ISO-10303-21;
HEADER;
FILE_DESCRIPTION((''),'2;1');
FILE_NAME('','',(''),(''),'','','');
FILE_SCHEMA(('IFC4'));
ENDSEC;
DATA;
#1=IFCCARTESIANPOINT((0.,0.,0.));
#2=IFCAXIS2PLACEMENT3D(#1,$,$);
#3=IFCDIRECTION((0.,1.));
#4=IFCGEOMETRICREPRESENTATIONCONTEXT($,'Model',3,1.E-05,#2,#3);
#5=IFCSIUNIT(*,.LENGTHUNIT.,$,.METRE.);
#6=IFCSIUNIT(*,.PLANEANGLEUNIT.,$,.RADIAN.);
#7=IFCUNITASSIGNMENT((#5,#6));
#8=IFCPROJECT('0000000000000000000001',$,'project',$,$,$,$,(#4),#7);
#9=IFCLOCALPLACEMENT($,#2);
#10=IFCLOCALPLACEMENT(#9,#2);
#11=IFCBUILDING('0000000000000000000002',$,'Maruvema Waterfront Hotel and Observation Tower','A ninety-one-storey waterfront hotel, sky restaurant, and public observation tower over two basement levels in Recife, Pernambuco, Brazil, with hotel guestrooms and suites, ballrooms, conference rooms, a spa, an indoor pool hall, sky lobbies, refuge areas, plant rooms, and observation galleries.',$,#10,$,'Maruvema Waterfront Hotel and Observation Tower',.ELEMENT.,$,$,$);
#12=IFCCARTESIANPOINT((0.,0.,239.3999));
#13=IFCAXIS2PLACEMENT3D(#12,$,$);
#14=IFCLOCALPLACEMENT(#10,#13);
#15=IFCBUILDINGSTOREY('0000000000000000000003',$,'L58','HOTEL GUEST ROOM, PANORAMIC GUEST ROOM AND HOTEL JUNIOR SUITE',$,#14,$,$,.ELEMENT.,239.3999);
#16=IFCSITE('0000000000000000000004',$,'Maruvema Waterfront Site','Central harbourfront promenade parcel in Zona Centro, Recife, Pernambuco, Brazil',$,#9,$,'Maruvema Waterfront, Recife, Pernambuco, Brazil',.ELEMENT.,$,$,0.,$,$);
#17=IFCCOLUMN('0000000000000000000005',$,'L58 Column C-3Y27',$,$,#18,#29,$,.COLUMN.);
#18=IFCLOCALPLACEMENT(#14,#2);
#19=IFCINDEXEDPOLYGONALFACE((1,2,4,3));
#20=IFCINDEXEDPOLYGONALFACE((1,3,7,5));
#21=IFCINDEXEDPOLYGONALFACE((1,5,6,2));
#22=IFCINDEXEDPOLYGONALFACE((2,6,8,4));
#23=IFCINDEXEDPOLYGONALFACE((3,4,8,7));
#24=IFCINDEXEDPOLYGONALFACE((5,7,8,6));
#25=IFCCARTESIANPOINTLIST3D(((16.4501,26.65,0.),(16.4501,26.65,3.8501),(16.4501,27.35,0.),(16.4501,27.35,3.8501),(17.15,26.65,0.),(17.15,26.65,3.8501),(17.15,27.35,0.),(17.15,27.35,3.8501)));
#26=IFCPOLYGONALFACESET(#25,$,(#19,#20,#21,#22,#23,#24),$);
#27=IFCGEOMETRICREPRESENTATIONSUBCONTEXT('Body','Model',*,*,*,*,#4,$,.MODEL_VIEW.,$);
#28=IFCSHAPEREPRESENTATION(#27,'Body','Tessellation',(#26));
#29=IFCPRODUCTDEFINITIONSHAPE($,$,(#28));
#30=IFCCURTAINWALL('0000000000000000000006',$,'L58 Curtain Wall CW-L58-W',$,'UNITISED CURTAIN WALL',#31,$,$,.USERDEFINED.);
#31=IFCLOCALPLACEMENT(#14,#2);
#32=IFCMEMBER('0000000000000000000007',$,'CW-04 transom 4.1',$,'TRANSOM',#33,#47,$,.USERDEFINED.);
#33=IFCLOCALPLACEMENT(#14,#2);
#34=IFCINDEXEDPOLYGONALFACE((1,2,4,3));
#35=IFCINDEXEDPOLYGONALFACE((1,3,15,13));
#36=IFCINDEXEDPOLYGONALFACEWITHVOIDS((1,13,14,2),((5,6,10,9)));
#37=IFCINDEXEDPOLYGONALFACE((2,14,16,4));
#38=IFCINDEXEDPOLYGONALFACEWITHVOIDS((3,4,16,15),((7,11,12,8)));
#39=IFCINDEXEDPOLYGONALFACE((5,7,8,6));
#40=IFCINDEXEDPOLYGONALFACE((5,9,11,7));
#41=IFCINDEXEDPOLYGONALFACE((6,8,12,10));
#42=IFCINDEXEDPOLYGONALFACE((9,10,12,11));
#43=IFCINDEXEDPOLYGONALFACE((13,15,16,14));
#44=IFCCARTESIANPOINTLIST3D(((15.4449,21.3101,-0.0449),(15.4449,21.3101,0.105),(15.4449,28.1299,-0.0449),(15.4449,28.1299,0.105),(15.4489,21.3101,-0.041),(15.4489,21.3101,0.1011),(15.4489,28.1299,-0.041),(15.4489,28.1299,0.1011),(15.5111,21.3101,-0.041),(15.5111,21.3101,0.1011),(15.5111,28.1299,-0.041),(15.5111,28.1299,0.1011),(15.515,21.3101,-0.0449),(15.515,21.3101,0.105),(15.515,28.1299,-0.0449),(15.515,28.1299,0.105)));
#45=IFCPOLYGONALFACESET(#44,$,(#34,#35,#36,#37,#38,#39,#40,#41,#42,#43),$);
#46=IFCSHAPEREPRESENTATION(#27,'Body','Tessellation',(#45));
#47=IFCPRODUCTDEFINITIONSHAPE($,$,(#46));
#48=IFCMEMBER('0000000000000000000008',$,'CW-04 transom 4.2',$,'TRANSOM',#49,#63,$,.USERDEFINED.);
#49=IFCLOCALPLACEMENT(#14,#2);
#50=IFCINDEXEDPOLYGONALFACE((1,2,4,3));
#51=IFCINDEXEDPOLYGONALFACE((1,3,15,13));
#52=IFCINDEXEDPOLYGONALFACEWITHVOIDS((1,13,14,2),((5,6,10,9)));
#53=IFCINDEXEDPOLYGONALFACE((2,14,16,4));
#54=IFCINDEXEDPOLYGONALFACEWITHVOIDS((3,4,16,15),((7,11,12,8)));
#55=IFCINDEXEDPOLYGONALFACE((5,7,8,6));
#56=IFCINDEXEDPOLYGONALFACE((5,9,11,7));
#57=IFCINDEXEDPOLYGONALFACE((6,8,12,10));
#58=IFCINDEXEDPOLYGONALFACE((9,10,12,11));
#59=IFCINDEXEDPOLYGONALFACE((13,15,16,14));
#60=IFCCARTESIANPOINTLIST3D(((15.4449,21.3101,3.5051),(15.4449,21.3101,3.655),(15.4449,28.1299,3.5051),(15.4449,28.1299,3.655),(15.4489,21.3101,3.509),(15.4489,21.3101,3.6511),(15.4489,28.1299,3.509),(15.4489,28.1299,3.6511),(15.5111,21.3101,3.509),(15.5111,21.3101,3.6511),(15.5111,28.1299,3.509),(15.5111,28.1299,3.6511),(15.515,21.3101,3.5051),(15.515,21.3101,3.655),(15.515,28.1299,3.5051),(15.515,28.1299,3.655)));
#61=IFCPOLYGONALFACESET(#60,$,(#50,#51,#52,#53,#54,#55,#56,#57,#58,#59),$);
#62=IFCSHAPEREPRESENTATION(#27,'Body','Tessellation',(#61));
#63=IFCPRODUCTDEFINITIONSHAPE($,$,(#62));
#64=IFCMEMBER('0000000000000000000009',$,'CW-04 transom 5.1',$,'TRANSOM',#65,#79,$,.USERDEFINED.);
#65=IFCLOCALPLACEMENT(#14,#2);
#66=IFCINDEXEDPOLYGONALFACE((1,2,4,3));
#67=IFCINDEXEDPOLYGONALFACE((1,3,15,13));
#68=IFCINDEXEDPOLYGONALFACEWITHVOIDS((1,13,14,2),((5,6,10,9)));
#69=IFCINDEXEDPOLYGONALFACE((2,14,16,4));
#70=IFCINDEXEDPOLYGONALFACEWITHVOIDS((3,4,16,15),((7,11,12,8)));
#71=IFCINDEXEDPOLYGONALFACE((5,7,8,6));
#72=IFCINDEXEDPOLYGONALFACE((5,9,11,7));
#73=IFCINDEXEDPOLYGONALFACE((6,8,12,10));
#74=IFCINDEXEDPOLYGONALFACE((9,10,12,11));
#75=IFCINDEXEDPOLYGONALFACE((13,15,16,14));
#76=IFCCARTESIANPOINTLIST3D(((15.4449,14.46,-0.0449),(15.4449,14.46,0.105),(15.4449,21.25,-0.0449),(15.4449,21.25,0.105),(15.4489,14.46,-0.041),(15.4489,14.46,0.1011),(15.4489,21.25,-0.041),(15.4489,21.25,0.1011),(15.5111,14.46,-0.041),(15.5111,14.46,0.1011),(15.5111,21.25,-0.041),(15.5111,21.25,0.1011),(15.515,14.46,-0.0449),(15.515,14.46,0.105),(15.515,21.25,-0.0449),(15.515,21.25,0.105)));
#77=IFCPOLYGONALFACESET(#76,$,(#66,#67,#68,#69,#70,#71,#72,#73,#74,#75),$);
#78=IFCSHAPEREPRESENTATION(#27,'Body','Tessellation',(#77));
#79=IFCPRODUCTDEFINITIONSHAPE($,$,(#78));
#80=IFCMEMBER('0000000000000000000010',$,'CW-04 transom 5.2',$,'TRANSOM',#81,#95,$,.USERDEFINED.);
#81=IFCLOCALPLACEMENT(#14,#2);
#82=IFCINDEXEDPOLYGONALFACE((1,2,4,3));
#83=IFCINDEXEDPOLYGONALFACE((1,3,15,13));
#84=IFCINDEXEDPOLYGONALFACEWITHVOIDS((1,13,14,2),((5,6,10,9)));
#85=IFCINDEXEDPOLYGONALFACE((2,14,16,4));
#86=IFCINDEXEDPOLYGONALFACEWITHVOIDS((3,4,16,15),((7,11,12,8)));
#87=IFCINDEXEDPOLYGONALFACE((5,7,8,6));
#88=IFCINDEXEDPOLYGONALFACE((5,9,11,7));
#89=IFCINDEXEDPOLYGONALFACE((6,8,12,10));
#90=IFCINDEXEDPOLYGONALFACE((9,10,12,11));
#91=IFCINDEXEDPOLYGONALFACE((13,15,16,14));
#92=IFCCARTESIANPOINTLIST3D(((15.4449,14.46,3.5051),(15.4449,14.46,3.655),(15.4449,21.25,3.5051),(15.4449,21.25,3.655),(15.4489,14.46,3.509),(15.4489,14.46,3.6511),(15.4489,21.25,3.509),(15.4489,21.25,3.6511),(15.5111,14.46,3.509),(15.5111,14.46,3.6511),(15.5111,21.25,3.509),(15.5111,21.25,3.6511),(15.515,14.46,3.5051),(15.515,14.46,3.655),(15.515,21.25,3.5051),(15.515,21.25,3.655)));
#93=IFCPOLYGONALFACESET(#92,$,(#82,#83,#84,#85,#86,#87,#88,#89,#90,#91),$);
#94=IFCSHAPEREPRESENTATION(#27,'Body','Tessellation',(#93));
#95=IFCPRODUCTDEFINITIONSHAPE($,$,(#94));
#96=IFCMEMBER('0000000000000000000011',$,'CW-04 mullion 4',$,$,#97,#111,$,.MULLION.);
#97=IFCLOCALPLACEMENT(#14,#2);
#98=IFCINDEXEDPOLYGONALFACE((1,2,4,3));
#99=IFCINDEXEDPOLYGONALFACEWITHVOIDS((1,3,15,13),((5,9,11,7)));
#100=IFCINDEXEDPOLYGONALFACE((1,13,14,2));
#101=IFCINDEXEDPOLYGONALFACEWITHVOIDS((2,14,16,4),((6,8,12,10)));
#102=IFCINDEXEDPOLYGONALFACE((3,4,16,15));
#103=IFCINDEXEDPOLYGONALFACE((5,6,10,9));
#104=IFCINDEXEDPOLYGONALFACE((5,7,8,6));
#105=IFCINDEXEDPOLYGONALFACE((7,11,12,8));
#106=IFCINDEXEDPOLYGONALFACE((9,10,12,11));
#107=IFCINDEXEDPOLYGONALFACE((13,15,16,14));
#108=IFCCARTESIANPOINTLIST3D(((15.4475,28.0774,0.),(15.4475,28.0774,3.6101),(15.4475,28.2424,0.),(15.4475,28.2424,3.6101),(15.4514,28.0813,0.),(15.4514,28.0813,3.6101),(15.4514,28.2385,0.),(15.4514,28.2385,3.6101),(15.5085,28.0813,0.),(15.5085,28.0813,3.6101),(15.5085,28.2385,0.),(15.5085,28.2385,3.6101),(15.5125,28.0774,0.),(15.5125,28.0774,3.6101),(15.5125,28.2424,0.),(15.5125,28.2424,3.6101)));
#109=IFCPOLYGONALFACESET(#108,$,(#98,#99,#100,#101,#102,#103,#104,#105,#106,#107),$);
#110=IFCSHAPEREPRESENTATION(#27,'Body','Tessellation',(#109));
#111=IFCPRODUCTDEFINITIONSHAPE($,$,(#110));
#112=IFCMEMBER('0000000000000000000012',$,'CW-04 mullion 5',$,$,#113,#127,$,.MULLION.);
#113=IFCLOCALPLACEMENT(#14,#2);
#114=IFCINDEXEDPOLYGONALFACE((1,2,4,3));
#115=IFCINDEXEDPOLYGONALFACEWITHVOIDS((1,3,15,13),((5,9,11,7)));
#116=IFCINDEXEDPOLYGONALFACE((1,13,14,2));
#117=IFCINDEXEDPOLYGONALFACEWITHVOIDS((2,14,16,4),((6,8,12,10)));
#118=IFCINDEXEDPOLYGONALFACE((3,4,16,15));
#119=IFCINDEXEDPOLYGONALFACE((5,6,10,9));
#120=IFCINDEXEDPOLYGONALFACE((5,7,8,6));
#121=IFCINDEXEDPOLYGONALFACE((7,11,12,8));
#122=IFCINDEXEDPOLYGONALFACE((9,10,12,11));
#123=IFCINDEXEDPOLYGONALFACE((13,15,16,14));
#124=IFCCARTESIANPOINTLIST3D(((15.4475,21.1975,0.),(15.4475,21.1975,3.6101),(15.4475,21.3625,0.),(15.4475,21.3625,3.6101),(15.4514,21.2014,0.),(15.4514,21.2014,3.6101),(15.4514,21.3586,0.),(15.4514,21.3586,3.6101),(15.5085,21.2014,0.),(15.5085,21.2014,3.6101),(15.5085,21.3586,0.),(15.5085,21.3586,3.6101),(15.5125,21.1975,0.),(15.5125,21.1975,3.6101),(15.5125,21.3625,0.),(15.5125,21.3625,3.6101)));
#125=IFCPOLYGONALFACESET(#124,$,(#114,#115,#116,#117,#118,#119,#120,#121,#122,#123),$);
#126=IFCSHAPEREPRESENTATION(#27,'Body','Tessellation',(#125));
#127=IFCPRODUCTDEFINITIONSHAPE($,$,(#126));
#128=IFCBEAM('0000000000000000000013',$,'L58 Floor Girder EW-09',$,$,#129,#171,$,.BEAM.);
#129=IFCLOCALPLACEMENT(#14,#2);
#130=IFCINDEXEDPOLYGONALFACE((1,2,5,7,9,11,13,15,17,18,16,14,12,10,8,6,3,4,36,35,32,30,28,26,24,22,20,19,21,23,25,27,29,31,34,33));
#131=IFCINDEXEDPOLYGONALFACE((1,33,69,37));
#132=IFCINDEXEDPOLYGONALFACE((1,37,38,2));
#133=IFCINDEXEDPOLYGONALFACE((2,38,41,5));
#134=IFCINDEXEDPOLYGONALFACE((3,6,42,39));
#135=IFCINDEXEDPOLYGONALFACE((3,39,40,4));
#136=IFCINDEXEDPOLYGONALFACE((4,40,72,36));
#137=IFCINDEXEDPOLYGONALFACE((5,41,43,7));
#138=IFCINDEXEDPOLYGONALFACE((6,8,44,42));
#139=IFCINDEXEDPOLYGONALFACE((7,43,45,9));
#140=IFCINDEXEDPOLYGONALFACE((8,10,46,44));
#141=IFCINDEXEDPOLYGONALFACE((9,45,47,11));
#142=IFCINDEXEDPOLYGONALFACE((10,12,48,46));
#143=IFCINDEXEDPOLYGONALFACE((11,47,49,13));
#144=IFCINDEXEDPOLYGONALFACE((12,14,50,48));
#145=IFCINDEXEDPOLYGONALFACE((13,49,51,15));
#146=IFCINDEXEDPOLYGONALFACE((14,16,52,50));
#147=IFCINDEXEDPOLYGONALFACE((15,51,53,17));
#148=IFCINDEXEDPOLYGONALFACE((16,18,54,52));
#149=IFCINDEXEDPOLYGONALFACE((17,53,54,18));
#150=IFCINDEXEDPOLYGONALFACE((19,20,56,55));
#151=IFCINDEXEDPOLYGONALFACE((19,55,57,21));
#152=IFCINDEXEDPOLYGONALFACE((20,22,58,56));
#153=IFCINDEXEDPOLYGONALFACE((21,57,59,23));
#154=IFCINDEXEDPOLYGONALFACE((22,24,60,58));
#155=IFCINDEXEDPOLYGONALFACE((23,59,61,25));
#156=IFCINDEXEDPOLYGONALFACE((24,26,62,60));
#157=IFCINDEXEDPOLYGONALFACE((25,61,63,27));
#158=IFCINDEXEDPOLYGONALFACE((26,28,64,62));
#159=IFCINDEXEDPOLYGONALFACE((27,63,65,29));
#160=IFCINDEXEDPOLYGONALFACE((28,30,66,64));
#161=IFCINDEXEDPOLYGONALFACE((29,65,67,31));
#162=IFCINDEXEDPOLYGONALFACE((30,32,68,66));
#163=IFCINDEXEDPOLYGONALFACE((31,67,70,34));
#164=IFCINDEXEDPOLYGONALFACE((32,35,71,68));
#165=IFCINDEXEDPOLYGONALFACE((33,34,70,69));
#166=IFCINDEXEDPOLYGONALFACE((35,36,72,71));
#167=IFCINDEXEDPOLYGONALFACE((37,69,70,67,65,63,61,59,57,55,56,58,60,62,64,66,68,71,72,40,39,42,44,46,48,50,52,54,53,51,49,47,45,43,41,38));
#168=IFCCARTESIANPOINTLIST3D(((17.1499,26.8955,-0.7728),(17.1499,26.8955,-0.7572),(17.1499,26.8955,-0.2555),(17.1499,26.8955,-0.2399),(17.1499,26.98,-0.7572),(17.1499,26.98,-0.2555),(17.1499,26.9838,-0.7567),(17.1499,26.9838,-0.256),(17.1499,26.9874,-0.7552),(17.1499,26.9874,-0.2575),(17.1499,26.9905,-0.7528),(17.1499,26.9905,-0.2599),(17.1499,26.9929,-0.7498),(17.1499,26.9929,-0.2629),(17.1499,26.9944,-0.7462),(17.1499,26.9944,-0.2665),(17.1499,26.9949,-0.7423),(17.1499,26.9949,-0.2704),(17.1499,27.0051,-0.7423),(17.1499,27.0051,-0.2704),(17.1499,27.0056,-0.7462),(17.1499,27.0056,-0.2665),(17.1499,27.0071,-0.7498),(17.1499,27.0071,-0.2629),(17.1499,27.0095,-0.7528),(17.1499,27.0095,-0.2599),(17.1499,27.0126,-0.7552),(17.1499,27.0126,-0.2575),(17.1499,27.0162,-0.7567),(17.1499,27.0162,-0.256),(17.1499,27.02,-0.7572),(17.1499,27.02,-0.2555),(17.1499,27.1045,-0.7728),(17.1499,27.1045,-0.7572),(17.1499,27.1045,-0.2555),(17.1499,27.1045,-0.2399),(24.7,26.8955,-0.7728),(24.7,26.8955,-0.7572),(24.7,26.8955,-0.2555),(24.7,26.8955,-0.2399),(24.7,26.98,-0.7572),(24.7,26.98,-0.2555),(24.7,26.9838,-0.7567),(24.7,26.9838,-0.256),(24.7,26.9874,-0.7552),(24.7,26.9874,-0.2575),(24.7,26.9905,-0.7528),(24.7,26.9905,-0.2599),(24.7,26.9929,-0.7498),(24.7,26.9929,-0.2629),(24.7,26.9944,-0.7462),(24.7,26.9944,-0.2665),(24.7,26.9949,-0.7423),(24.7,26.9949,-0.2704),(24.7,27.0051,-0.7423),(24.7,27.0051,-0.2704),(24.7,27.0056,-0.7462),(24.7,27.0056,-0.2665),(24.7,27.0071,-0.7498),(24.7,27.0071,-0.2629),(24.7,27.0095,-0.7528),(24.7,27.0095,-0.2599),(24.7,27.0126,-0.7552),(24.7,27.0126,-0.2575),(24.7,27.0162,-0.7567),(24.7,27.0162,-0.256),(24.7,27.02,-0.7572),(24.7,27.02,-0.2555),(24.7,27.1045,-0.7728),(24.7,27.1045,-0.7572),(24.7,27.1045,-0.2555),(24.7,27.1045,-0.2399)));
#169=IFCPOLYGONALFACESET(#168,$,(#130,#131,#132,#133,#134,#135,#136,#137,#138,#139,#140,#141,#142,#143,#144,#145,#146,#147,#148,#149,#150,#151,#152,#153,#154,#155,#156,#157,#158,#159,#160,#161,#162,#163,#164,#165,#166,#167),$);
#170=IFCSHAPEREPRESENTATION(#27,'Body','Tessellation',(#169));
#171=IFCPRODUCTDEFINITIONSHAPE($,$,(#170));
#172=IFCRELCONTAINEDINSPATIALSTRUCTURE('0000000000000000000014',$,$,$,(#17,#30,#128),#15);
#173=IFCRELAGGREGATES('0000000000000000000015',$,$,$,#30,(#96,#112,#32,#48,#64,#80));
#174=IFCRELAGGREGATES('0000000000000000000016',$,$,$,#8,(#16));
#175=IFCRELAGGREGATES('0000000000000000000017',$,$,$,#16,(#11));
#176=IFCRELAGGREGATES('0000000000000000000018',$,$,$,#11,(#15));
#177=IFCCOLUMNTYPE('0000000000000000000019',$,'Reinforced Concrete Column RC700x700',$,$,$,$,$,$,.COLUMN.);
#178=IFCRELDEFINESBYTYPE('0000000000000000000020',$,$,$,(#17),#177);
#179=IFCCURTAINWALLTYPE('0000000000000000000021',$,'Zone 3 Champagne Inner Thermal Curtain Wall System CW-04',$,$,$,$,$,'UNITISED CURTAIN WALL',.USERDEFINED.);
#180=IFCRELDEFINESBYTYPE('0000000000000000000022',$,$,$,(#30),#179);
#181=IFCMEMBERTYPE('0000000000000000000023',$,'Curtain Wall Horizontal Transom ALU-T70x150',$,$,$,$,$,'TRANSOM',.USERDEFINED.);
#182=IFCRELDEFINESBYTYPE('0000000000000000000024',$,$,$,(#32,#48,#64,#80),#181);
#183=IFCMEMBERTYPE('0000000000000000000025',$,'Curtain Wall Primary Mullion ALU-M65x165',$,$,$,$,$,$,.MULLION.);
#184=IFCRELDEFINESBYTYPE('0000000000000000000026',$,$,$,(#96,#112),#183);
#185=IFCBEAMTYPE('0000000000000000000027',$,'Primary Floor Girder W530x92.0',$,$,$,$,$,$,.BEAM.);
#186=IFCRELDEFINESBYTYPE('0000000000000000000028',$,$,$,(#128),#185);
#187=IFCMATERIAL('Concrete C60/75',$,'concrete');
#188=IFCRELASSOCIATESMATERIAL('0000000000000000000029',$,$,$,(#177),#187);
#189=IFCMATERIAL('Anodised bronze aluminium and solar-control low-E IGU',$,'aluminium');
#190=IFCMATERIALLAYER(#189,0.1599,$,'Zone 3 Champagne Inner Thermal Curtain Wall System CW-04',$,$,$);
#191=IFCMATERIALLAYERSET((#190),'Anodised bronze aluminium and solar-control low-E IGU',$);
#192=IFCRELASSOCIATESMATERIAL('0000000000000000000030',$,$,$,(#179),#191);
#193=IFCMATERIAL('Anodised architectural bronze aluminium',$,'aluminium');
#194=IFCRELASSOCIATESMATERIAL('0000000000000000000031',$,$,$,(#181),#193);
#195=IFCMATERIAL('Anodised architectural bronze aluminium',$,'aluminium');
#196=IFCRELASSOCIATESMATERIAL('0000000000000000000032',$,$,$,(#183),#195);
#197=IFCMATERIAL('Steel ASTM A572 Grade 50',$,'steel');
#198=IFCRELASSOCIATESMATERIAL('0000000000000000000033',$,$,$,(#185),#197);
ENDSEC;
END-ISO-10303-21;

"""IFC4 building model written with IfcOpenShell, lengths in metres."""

from ifc_helpers import new_model, si_unit, direction, frame, origin, origin_2d, place, context, subcontext, project, spatial, rectangle, hollow_rectangle, i_section, extrude, material, layer, layer_set, material_profile, profile_set, type_object, element, aggregate, save


model = new_model("IFC4")

# Units and contexts
model_context = context("Model", 3, precision=1e-05, world=origin(), true_north=direction((0.0, 1.0)))
body_context = subcontext(model_context, "Body", "Model", "MODEL_VIEW")
ifc_project = project(units=[si_unit("LENGTHUNIT", "METRE"), si_unit("PLANEANGLEUNIT", "RADIAN")], contexts=[model_context])

# Site, building, storey
site_placement = place(None, origin())
site = spatial("IfcSite", under=ifc_project, at=site_placement, Name="Maruvema Waterfront Site", Description="Central harbourfront promenade parcel in Zona Centro, Recife, Pernambuco, Brazil", LongName="Maruvema Waterfront, Recife, Pernambuco, Brazil", CompositionType="ELEMENT", RefElevation=0.0)
building_placement = place(site_placement, origin())
building = spatial("IfcBuilding", under=site, at=building_placement, Name="Maruvema Waterfront Hotel and Observation Tower", Description="A ninety-one-storey waterfront hotel, sky restaurant, and public observation tower over two basement levels in Recife, Pernambuco, Brazil, with hotel guestrooms and suites, ballrooms, conference rooms, a spa, an indoor pool hall, sky lobbies, refuge areas, plant rooms, and observation galleries.", LongName="Maruvema Waterfront Hotel and Observation Tower", CompositionType="ELEMENT")
storey_placement = place(building_placement, frame((0.0, 0.0, 239.3999)))
storey = spatial("IfcBuildingStorey", under=building, at=storey_placement, Name="L58", Description="HOTEL GUEST ROOM, PANORAMIC GUEST ROOM AND HOTEL JUNIOR SUITE", CompositionType="ELEMENT", Elevation=239.3999)

# Column
ifc_material_1 = material(Name="Concrete C60/75", Category="concrete")
ifc_material_profile_1 = material_profile(ifc_material_1, rectangle(XDim=0.7, YDim=0.7, at=origin_2d()), Name="RC700x700")
ifc_profile_set_1 = profile_set([ifc_material_profile_1], Name="Concrete C60/75")
column_type = type_object("IfcColumnType", Name="Reinforced Concrete Column RC700x700", PredefinedType="COLUMN", material=ifc_profile_set_1)
column_placement = place(storey_placement, frame((16.8, 27.0, 0.0), z_axis=(0.0, 0.0, 1.0), x_axis=(1.0, 0.0, 0.0)))
element("IfcColumn", 1, at=column_placement, inside=storey, type_object=column_type, Name="L58 Column C-3Y27", PredefinedType="COLUMN", context=body_context, shape_type="SweptSolid", body=[
    extrude(rectangle(XDim=0.7, YDim=0.7, at=origin_2d()), origin(), (0.0, 0.0, 1.0), 3.8501),
])

# Curtain wall, members
ifc_material_2 = material(Name="Anodised bronze aluminium and solar-control low-E IGU", Category="aluminium")
ifc_layer_1 = layer(ifc_material_2, 0.1599, Name="Zone 3 Champagne Inner Thermal Curtain Wall System CW-04")
ifc_layer_set_1 = layer_set([ifc_layer_1], Name="Anodised bronze aluminium and solar-control low-E IGU")
curtain_wall_type = type_object("IfcCurtainWallType", Name="Zone 3 Champagne Inner Thermal Curtain Wall System CW-04", ElementType="UNITISED CURTAIN WALL", PredefinedType="USERDEFINED", material=ifc_layer_set_1)
curtain_wall_placement = place(storey_placement, origin())
curtain_wall = element("IfcCurtainWall", 2, at=curtain_wall_placement, inside=storey, type_object=curtain_wall_type, Name="L58 Curtain Wall CW-L58-W", ObjectType="UNITISED CURTAIN WALL", PredefinedType="USERDEFINED")
ifc_material_3 = material(Name="Anodised architectural bronze aluminium", Category="aluminium")
ifc_material_profile_2 = material_profile(ifc_material_3, hollow_rectangle(XDim=0.0701, YDim=0.1499, WallThickness=0.0039, at=origin_2d()), Name="ALU-T70x150")
ifc_profile_set_2 = profile_set([ifc_material_profile_2], Name="Anodised architectural bronze aluminium")
member_type_1 = type_object("IfcMemberType", Name="Curtain Wall Horizontal Transom ALU-T70x150", ElementType="TRANSOM", PredefinedType="USERDEFINED", material=ifc_profile_set_2)
member_1_placement = place(storey_placement, frame((15.48, 28.1299, 0.03), z_axis=(0.0, -1.0, 0.0), x_axis=(1.0, 0.0, 0.0)))
member_1 = element("IfcMember", 3, at=member_1_placement, type_object=member_type_1, Name="CW-04 transom 4.1", ObjectType="TRANSOM", PredefinedType="USERDEFINED", context=body_context, shape_type="SweptSolid", body=[
    extrude(hollow_rectangle(XDim=0.0701, YDim=0.1499, WallThickness=0.0039, at=origin_2d()), origin(), (0.0, 0.0, 1.0), 6.8198),
])
member_2_placement = place(storey_placement, frame((15.48, 28.1299, 3.5801), z_axis=(0.0, -1.0, 0.0), x_axis=(1.0, 0.0, 0.0)))
member_2 = element("IfcMember", 4, at=member_2_placement, type_object=member_type_1, Name="CW-04 transom 4.2", ObjectType="TRANSOM", PredefinedType="USERDEFINED", context=body_context, shape_type="SweptSolid", body=[
    extrude(hollow_rectangle(XDim=0.0701, YDim=0.1499, WallThickness=0.0039, at=origin_2d()), origin(), (0.0, 0.0, 1.0), 6.8198),
])
member_3_placement = place(storey_placement, frame((15.48, 21.25, 0.03), z_axis=(0.0, -1.0, 0.0), x_axis=(1.0, 0.0, 0.0)))
member_3 = element("IfcMember", 5, at=member_3_placement, type_object=member_type_1, Name="CW-04 transom 5.1", ObjectType="TRANSOM", PredefinedType="USERDEFINED", context=body_context, shape_type="SweptSolid", body=[
    extrude(hollow_rectangle(XDim=0.0701, YDim=0.1499, WallThickness=0.0039, at=origin_2d()), origin(), (0.0, 0.0, 1.0), 6.79),
])
member_4_placement = place(storey_placement, frame((15.48, 21.25, 3.5801), z_axis=(0.0, -1.0, 0.0), x_axis=(1.0, 0.0, 0.0)))
member_4 = element("IfcMember", 6, at=member_4_placement, type_object=member_type_1, Name="CW-04 transom 5.2", ObjectType="TRANSOM", PredefinedType="USERDEFINED", context=body_context, shape_type="SweptSolid", body=[
    extrude(hollow_rectangle(XDim=0.0701, YDim=0.1499, WallThickness=0.0039, at=origin_2d()), origin(), (0.0, 0.0, 1.0), 6.79),
])
ifc_material_4 = material(Name="Anodised architectural bronze aluminium", Category="aluminium")
ifc_material_profile_3 = material_profile(ifc_material_4, hollow_rectangle(XDim=0.0649, YDim=0.165, WallThickness=0.0039, at=origin_2d()), Name="ALU-M65x165")
ifc_profile_set_3 = profile_set([ifc_material_profile_3], Name="Anodised architectural bronze aluminium")
member_type_2 = type_object("IfcMemberType", Name="Curtain Wall Primary Mullion ALU-M65x165", PredefinedType="MULLION", material=ifc_profile_set_3)
member_5_placement = place(storey_placement, frame((15.48, 28.1599, 0.0), z_axis=(0.0, 0.0, 1.0), x_axis=(1.0, 0.0, 0.0)))
member_5 = element("IfcMember", 7, at=member_5_placement, type_object=member_type_2, Name="CW-04 mullion 4", PredefinedType="MULLION", context=body_context, shape_type="SweptSolid", body=[
    extrude(hollow_rectangle(XDim=0.0649, YDim=0.165, WallThickness=0.0039, at=origin_2d()), origin(), (0.0, 0.0, 1.0), 3.6101),
])
member_6_placement = place(storey_placement, frame((15.48, 21.28, 0.0), z_axis=(0.0, 0.0, 1.0), x_axis=(1.0, 0.0, 0.0)))
member_6 = element("IfcMember", 8, at=member_6_placement, type_object=member_type_2, Name="CW-04 mullion 5", PredefinedType="MULLION", context=body_context, shape_type="SweptSolid", body=[
    extrude(hollow_rectangle(XDim=0.0649, YDim=0.165, WallThickness=0.0039, at=origin_2d()), origin(), (0.0, 0.0, 1.0), 3.6101),
])

# Beam
ifc_material_5 = material(Name="Steel ASTM A572 Grade 50", Category="steel")
ifc_material_profile_4 = material_profile(ifc_material_5, i_section(OverallWidth=0.209, OverallDepth=0.533, WebThickness=0.0103, FlangeThickness=0.0156, FilletRadius=0.0149, at=origin_2d()), Name="W530x92.0")
ifc_profile_set_4 = profile_set([ifc_material_profile_4], Name="Steel ASTM A572 Grade 50")
beam_type_1 = type_object("IfcBeamType", Name="Primary Floor Girder W530x92.0", PredefinedType="BEAM", material=ifc_profile_set_4)
beam_1_placement = place(storey_placement, frame((17.1499, 27.0, -0.5063), z_axis=(1.0, 0.0, 0.0), x_axis=(0.0, 1.0, 0.0)))
element("IfcBeam", 9, at=beam_1_placement, inside=storey, type_object=beam_type_1, Name="L58 Floor Girder EW-09", PredefinedType="BEAM", context=body_context, shape_type="SweptSolid", body=[
    extrude(i_section(OverallWidth=0.209, OverallDepth=0.533, WebThickness=0.0103, FlangeThickness=0.0156, FilletRadius=0.0149, at=origin_2d()), origin(), (0.0, 0.0, 1.0), 7.55),
])

aggregate(curtain_wall, [member_5, member_6, member_1, member_2, member_3, member_4])

save(model, "model.ifc")
